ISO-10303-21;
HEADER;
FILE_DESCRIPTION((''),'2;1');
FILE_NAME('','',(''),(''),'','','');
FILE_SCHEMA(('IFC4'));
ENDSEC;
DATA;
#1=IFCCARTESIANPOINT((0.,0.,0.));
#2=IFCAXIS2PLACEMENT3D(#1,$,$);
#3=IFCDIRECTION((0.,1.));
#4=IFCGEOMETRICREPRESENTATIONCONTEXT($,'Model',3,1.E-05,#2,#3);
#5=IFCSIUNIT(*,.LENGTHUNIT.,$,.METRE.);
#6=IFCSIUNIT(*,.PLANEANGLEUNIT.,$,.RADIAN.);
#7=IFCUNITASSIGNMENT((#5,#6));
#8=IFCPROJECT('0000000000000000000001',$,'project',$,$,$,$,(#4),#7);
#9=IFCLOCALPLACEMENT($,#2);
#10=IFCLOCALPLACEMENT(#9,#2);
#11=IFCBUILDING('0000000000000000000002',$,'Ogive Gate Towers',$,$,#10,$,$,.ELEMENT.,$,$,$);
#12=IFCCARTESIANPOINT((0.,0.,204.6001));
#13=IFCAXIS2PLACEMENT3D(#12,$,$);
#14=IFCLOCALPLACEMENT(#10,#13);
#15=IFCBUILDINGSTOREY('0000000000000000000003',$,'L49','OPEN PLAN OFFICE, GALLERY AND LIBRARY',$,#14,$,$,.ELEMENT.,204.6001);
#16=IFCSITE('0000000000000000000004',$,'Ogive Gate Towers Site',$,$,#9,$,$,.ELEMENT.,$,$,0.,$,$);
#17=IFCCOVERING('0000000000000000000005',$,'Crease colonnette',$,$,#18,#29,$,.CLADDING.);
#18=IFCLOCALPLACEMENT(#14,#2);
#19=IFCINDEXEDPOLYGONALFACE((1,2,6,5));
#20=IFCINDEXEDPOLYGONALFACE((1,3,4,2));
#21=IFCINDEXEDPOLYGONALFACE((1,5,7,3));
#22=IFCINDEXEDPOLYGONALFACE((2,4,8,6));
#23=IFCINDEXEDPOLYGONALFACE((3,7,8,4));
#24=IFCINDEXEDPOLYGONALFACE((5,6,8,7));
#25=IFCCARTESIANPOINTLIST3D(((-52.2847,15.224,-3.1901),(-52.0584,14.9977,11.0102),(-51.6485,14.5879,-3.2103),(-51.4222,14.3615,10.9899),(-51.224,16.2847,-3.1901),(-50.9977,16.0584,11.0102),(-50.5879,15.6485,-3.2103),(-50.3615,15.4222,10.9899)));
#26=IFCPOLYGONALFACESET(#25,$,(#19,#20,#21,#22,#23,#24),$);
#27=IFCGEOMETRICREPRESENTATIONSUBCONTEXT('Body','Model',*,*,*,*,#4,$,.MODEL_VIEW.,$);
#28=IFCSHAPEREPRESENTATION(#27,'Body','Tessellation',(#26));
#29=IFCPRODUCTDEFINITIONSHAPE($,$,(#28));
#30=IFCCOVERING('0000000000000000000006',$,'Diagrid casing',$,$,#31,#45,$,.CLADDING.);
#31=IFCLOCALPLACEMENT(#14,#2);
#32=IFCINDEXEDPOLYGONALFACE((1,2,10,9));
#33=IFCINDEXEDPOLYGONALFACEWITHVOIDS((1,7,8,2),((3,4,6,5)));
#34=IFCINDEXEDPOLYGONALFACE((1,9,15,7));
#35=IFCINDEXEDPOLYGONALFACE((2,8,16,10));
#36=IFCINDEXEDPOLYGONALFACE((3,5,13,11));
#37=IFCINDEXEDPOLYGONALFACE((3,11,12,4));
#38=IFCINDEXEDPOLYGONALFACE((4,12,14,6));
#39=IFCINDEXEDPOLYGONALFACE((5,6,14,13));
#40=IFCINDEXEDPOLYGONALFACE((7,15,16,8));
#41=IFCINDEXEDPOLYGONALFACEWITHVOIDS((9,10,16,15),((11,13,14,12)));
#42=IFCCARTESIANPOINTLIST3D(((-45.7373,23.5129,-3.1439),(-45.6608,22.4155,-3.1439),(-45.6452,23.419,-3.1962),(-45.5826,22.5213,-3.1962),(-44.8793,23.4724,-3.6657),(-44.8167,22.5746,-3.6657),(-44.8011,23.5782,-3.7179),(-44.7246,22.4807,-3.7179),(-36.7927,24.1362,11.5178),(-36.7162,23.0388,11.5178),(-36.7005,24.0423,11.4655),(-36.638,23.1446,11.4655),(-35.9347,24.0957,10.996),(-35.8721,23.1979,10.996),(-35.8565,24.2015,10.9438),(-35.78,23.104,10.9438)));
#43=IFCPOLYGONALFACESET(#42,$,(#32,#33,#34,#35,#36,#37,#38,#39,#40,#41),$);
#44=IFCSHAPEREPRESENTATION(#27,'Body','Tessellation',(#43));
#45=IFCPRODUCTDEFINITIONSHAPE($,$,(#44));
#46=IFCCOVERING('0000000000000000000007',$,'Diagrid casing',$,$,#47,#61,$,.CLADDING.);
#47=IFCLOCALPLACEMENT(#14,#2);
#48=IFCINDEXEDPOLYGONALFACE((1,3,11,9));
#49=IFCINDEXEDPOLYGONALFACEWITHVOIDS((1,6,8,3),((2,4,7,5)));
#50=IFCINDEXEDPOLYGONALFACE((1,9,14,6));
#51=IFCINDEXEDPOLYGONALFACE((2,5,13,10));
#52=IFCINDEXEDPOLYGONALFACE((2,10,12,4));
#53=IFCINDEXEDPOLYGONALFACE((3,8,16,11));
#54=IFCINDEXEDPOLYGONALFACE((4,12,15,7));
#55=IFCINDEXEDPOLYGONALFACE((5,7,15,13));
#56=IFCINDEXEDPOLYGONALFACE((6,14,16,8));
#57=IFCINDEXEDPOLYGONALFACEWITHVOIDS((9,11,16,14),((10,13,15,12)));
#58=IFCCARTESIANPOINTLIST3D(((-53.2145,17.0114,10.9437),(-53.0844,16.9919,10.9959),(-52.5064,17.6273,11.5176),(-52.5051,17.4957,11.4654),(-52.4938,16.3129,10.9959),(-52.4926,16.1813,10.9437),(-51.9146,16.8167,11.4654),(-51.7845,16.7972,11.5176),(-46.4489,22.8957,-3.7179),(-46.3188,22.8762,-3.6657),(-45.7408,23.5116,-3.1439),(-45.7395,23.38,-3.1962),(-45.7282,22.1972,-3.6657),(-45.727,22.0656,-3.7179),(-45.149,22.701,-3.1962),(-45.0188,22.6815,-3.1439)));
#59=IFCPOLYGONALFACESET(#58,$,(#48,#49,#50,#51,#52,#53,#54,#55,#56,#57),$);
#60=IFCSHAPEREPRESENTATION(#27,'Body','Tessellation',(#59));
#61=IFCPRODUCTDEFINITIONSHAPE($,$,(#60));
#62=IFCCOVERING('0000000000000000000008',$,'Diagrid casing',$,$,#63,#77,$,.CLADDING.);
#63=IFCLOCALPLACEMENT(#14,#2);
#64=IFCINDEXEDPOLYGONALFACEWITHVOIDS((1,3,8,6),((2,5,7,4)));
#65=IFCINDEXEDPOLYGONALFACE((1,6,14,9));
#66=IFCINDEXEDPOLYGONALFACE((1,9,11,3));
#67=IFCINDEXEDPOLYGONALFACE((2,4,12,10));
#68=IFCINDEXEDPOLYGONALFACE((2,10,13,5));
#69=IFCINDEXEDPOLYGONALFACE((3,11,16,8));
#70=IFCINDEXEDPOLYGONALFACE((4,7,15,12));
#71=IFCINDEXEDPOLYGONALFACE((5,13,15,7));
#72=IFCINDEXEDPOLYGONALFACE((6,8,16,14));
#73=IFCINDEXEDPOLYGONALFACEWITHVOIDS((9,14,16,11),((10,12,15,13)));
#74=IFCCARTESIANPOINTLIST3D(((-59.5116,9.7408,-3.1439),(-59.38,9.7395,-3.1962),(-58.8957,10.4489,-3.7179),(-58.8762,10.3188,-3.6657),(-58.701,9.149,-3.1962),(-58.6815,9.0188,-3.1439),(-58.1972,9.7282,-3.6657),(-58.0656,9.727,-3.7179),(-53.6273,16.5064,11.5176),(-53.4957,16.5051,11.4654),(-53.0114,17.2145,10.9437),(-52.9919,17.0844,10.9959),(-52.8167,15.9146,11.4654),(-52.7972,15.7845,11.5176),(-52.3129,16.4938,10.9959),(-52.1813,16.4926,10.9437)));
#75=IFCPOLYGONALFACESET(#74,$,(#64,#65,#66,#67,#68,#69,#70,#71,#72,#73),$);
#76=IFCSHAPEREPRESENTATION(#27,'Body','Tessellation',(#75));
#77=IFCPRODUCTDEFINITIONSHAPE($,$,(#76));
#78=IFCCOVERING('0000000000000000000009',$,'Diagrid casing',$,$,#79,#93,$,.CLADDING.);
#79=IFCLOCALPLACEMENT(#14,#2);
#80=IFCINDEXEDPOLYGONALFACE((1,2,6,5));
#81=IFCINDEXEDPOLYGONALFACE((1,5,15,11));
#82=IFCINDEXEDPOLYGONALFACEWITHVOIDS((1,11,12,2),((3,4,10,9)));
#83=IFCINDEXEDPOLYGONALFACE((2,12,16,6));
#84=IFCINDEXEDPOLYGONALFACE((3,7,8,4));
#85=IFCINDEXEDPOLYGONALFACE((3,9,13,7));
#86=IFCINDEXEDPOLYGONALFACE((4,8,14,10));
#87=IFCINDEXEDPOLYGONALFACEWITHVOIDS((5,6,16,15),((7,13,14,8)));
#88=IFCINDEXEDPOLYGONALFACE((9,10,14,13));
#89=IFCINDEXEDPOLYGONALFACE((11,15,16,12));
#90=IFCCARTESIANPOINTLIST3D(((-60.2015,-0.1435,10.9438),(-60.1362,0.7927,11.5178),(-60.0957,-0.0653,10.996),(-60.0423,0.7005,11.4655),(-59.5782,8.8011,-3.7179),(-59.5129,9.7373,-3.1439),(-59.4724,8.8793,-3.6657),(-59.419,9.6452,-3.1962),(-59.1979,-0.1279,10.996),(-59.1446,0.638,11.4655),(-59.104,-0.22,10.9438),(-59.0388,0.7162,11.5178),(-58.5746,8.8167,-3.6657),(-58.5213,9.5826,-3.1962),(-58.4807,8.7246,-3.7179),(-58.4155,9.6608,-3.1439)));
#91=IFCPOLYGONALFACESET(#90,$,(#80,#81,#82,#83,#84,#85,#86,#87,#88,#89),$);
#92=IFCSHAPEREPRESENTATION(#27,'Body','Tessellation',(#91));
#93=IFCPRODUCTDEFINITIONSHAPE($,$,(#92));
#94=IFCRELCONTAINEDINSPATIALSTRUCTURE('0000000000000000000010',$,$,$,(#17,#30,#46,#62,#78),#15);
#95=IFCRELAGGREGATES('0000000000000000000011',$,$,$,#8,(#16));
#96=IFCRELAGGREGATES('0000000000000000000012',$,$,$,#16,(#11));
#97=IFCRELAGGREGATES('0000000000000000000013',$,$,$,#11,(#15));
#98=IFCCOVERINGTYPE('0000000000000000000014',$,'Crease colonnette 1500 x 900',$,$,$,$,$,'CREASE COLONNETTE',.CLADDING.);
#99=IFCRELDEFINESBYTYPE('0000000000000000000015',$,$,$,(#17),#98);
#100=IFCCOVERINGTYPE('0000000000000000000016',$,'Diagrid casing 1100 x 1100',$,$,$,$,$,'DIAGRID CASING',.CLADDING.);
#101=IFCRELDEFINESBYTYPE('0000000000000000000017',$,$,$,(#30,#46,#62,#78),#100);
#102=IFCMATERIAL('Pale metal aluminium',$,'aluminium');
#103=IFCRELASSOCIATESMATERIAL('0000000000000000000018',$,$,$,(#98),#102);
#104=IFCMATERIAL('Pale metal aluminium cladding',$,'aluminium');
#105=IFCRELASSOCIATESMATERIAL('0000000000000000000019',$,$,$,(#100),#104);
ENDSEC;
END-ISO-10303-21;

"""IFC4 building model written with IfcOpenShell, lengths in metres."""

from ifc_helpers import new_model, si_unit, direction, frame, origin, origin_2d, place, context, subcontext, project, spatial, rectangle, hollow_rectangle, extrude, material, material_profile, profile_set, type_object, element, save


model = new_model("IFC4")

# Units and contexts
model_context = context("Model", 3, precision=1e-05, world=origin(), true_north=direction((0.0, 1.0)))
body_context = subcontext(model_context, "Body", "Model", "MODEL_VIEW")
ifc_project = project(units=[si_unit("LENGTHUNIT", "METRE"), si_unit("PLANEANGLEUNIT", "RADIAN")], contexts=[model_context])

# Site, building, storey
site_placement = place(None, origin())
site = spatial("IfcSite", under=ifc_project, at=site_placement, Name="Ogive Gate Towers Site", CompositionType="ELEMENT", RefElevation=0.0)
building_placement = place(site_placement, origin())
building = spatial("IfcBuilding", under=site, at=building_placement, Name="Ogive Gate Towers", CompositionType="ELEMENT")
storey_placement = place(building_placement, frame((0.0, 0.0, 204.6001)))
storey = spatial("IfcBuildingStorey", under=building, at=storey_placement, Name="L49", Description="OPEN PLAN OFFICE, GALLERY AND LIBRARY", CompositionType="ELEMENT", Elevation=204.6001)

# Coverings
ifc_material_1 = material(Name="Pale metal aluminium", Category="aluminium")
ifc_material_profile_1 = material_profile(ifc_material_1, rectangle(XDim=1.5, YDim=0.8999, at=origin_2d()), Name="1500 x 900 pale metal aluminium")
ifc_profile_set_1 = profile_set([ifc_material_profile_1], Name="Pale metal aluminium")
covering_type_1 = type_object("IfcCoveringType", Name="Crease colonnette 1500 x 900", ElementType="CREASE COLONNETTE", PredefinedType="CLADDING", material=ifc_profile_set_1)
covering_placement = place(storey_placement, frame((-51.4363, 15.4363, -3.2002), z_axis=(0.015934, -0.015934, 0.999746), x_axis=(0.707107, 0.707107, 0.0)))
element("IfcCovering", 1, at=covering_placement, inside=storey, type_object=covering_type_1, Name="Crease colonnette", PredefinedType="CLADDING", context=body_context, shape_type="SweptSolid", body=[
    extrude(rectangle(XDim=1.5, YDim=0.8999, at=origin_2d()), origin(), (0.0, 0.0, 1.0), 14.2039),
])
ifc_material_2 = material(Name="Pale metal aluminium cladding", Category="aluminium")
ifc_material_profile_2 = material_profile(ifc_material_2, hollow_rectangle(XDim=1.1001, YDim=1.1001, WallThickness=0.1001, at=origin_2d()), Name="1100 x 1100 pale metal casing")
ifc_profile_set_2 = profile_set([ifc_material_profile_2], Name="Pale metal aluminium cladding")
covering_type_2 = type_object("IfcCoveringType", Name="Diagrid casing 1100 x 1100", ElementType="DIAGRID CASING", PredefinedType="CLADDING", material=ifc_profile_set_2)
for number, where, z_axis, x_axis, name in (
    (2, (-45.231, 22.9968, -3.4309), (0.520459, 0.036267, 0.853116), (-0.069515, 0.997581, 0.0), "Diagrid casing"),
    (3, (-45.7339, 22.7886, -3.4309), (-0.393669, -0.342386, 0.85311), (0.65625, -0.754543, 0.0), "Diagrid casing"),
    (4, (-58.7886, 9.7339, -3.4309), (0.342386, 0.393669, 0.85311), (-0.754543, 0.65625, 0.0), "Diagrid casing"),
    (5, (-58.9968, 9.231, -3.4309), (-0.036267, -0.520459, 0.853116), (0.997581, -0.069515, 0.0), "Diagrid casing"),
):
    element("IfcCovering", number, at=place(storey_placement, frame(where, z_axis=z_axis, x_axis=x_axis)), inside=storey, type_object=covering_type_2, Name=name, PredefinedType="CLADDING", context=body_context, shape_type="SweptSolid", body=[
        extrude(hollow_rectangle(XDim=1.1001, YDim=1.1001, WallThickness=0.1001, at=origin_2d()), origin(), (0.0, 0.0, 1.0), 17.186),
    ])

save(model, "model.ifc")
